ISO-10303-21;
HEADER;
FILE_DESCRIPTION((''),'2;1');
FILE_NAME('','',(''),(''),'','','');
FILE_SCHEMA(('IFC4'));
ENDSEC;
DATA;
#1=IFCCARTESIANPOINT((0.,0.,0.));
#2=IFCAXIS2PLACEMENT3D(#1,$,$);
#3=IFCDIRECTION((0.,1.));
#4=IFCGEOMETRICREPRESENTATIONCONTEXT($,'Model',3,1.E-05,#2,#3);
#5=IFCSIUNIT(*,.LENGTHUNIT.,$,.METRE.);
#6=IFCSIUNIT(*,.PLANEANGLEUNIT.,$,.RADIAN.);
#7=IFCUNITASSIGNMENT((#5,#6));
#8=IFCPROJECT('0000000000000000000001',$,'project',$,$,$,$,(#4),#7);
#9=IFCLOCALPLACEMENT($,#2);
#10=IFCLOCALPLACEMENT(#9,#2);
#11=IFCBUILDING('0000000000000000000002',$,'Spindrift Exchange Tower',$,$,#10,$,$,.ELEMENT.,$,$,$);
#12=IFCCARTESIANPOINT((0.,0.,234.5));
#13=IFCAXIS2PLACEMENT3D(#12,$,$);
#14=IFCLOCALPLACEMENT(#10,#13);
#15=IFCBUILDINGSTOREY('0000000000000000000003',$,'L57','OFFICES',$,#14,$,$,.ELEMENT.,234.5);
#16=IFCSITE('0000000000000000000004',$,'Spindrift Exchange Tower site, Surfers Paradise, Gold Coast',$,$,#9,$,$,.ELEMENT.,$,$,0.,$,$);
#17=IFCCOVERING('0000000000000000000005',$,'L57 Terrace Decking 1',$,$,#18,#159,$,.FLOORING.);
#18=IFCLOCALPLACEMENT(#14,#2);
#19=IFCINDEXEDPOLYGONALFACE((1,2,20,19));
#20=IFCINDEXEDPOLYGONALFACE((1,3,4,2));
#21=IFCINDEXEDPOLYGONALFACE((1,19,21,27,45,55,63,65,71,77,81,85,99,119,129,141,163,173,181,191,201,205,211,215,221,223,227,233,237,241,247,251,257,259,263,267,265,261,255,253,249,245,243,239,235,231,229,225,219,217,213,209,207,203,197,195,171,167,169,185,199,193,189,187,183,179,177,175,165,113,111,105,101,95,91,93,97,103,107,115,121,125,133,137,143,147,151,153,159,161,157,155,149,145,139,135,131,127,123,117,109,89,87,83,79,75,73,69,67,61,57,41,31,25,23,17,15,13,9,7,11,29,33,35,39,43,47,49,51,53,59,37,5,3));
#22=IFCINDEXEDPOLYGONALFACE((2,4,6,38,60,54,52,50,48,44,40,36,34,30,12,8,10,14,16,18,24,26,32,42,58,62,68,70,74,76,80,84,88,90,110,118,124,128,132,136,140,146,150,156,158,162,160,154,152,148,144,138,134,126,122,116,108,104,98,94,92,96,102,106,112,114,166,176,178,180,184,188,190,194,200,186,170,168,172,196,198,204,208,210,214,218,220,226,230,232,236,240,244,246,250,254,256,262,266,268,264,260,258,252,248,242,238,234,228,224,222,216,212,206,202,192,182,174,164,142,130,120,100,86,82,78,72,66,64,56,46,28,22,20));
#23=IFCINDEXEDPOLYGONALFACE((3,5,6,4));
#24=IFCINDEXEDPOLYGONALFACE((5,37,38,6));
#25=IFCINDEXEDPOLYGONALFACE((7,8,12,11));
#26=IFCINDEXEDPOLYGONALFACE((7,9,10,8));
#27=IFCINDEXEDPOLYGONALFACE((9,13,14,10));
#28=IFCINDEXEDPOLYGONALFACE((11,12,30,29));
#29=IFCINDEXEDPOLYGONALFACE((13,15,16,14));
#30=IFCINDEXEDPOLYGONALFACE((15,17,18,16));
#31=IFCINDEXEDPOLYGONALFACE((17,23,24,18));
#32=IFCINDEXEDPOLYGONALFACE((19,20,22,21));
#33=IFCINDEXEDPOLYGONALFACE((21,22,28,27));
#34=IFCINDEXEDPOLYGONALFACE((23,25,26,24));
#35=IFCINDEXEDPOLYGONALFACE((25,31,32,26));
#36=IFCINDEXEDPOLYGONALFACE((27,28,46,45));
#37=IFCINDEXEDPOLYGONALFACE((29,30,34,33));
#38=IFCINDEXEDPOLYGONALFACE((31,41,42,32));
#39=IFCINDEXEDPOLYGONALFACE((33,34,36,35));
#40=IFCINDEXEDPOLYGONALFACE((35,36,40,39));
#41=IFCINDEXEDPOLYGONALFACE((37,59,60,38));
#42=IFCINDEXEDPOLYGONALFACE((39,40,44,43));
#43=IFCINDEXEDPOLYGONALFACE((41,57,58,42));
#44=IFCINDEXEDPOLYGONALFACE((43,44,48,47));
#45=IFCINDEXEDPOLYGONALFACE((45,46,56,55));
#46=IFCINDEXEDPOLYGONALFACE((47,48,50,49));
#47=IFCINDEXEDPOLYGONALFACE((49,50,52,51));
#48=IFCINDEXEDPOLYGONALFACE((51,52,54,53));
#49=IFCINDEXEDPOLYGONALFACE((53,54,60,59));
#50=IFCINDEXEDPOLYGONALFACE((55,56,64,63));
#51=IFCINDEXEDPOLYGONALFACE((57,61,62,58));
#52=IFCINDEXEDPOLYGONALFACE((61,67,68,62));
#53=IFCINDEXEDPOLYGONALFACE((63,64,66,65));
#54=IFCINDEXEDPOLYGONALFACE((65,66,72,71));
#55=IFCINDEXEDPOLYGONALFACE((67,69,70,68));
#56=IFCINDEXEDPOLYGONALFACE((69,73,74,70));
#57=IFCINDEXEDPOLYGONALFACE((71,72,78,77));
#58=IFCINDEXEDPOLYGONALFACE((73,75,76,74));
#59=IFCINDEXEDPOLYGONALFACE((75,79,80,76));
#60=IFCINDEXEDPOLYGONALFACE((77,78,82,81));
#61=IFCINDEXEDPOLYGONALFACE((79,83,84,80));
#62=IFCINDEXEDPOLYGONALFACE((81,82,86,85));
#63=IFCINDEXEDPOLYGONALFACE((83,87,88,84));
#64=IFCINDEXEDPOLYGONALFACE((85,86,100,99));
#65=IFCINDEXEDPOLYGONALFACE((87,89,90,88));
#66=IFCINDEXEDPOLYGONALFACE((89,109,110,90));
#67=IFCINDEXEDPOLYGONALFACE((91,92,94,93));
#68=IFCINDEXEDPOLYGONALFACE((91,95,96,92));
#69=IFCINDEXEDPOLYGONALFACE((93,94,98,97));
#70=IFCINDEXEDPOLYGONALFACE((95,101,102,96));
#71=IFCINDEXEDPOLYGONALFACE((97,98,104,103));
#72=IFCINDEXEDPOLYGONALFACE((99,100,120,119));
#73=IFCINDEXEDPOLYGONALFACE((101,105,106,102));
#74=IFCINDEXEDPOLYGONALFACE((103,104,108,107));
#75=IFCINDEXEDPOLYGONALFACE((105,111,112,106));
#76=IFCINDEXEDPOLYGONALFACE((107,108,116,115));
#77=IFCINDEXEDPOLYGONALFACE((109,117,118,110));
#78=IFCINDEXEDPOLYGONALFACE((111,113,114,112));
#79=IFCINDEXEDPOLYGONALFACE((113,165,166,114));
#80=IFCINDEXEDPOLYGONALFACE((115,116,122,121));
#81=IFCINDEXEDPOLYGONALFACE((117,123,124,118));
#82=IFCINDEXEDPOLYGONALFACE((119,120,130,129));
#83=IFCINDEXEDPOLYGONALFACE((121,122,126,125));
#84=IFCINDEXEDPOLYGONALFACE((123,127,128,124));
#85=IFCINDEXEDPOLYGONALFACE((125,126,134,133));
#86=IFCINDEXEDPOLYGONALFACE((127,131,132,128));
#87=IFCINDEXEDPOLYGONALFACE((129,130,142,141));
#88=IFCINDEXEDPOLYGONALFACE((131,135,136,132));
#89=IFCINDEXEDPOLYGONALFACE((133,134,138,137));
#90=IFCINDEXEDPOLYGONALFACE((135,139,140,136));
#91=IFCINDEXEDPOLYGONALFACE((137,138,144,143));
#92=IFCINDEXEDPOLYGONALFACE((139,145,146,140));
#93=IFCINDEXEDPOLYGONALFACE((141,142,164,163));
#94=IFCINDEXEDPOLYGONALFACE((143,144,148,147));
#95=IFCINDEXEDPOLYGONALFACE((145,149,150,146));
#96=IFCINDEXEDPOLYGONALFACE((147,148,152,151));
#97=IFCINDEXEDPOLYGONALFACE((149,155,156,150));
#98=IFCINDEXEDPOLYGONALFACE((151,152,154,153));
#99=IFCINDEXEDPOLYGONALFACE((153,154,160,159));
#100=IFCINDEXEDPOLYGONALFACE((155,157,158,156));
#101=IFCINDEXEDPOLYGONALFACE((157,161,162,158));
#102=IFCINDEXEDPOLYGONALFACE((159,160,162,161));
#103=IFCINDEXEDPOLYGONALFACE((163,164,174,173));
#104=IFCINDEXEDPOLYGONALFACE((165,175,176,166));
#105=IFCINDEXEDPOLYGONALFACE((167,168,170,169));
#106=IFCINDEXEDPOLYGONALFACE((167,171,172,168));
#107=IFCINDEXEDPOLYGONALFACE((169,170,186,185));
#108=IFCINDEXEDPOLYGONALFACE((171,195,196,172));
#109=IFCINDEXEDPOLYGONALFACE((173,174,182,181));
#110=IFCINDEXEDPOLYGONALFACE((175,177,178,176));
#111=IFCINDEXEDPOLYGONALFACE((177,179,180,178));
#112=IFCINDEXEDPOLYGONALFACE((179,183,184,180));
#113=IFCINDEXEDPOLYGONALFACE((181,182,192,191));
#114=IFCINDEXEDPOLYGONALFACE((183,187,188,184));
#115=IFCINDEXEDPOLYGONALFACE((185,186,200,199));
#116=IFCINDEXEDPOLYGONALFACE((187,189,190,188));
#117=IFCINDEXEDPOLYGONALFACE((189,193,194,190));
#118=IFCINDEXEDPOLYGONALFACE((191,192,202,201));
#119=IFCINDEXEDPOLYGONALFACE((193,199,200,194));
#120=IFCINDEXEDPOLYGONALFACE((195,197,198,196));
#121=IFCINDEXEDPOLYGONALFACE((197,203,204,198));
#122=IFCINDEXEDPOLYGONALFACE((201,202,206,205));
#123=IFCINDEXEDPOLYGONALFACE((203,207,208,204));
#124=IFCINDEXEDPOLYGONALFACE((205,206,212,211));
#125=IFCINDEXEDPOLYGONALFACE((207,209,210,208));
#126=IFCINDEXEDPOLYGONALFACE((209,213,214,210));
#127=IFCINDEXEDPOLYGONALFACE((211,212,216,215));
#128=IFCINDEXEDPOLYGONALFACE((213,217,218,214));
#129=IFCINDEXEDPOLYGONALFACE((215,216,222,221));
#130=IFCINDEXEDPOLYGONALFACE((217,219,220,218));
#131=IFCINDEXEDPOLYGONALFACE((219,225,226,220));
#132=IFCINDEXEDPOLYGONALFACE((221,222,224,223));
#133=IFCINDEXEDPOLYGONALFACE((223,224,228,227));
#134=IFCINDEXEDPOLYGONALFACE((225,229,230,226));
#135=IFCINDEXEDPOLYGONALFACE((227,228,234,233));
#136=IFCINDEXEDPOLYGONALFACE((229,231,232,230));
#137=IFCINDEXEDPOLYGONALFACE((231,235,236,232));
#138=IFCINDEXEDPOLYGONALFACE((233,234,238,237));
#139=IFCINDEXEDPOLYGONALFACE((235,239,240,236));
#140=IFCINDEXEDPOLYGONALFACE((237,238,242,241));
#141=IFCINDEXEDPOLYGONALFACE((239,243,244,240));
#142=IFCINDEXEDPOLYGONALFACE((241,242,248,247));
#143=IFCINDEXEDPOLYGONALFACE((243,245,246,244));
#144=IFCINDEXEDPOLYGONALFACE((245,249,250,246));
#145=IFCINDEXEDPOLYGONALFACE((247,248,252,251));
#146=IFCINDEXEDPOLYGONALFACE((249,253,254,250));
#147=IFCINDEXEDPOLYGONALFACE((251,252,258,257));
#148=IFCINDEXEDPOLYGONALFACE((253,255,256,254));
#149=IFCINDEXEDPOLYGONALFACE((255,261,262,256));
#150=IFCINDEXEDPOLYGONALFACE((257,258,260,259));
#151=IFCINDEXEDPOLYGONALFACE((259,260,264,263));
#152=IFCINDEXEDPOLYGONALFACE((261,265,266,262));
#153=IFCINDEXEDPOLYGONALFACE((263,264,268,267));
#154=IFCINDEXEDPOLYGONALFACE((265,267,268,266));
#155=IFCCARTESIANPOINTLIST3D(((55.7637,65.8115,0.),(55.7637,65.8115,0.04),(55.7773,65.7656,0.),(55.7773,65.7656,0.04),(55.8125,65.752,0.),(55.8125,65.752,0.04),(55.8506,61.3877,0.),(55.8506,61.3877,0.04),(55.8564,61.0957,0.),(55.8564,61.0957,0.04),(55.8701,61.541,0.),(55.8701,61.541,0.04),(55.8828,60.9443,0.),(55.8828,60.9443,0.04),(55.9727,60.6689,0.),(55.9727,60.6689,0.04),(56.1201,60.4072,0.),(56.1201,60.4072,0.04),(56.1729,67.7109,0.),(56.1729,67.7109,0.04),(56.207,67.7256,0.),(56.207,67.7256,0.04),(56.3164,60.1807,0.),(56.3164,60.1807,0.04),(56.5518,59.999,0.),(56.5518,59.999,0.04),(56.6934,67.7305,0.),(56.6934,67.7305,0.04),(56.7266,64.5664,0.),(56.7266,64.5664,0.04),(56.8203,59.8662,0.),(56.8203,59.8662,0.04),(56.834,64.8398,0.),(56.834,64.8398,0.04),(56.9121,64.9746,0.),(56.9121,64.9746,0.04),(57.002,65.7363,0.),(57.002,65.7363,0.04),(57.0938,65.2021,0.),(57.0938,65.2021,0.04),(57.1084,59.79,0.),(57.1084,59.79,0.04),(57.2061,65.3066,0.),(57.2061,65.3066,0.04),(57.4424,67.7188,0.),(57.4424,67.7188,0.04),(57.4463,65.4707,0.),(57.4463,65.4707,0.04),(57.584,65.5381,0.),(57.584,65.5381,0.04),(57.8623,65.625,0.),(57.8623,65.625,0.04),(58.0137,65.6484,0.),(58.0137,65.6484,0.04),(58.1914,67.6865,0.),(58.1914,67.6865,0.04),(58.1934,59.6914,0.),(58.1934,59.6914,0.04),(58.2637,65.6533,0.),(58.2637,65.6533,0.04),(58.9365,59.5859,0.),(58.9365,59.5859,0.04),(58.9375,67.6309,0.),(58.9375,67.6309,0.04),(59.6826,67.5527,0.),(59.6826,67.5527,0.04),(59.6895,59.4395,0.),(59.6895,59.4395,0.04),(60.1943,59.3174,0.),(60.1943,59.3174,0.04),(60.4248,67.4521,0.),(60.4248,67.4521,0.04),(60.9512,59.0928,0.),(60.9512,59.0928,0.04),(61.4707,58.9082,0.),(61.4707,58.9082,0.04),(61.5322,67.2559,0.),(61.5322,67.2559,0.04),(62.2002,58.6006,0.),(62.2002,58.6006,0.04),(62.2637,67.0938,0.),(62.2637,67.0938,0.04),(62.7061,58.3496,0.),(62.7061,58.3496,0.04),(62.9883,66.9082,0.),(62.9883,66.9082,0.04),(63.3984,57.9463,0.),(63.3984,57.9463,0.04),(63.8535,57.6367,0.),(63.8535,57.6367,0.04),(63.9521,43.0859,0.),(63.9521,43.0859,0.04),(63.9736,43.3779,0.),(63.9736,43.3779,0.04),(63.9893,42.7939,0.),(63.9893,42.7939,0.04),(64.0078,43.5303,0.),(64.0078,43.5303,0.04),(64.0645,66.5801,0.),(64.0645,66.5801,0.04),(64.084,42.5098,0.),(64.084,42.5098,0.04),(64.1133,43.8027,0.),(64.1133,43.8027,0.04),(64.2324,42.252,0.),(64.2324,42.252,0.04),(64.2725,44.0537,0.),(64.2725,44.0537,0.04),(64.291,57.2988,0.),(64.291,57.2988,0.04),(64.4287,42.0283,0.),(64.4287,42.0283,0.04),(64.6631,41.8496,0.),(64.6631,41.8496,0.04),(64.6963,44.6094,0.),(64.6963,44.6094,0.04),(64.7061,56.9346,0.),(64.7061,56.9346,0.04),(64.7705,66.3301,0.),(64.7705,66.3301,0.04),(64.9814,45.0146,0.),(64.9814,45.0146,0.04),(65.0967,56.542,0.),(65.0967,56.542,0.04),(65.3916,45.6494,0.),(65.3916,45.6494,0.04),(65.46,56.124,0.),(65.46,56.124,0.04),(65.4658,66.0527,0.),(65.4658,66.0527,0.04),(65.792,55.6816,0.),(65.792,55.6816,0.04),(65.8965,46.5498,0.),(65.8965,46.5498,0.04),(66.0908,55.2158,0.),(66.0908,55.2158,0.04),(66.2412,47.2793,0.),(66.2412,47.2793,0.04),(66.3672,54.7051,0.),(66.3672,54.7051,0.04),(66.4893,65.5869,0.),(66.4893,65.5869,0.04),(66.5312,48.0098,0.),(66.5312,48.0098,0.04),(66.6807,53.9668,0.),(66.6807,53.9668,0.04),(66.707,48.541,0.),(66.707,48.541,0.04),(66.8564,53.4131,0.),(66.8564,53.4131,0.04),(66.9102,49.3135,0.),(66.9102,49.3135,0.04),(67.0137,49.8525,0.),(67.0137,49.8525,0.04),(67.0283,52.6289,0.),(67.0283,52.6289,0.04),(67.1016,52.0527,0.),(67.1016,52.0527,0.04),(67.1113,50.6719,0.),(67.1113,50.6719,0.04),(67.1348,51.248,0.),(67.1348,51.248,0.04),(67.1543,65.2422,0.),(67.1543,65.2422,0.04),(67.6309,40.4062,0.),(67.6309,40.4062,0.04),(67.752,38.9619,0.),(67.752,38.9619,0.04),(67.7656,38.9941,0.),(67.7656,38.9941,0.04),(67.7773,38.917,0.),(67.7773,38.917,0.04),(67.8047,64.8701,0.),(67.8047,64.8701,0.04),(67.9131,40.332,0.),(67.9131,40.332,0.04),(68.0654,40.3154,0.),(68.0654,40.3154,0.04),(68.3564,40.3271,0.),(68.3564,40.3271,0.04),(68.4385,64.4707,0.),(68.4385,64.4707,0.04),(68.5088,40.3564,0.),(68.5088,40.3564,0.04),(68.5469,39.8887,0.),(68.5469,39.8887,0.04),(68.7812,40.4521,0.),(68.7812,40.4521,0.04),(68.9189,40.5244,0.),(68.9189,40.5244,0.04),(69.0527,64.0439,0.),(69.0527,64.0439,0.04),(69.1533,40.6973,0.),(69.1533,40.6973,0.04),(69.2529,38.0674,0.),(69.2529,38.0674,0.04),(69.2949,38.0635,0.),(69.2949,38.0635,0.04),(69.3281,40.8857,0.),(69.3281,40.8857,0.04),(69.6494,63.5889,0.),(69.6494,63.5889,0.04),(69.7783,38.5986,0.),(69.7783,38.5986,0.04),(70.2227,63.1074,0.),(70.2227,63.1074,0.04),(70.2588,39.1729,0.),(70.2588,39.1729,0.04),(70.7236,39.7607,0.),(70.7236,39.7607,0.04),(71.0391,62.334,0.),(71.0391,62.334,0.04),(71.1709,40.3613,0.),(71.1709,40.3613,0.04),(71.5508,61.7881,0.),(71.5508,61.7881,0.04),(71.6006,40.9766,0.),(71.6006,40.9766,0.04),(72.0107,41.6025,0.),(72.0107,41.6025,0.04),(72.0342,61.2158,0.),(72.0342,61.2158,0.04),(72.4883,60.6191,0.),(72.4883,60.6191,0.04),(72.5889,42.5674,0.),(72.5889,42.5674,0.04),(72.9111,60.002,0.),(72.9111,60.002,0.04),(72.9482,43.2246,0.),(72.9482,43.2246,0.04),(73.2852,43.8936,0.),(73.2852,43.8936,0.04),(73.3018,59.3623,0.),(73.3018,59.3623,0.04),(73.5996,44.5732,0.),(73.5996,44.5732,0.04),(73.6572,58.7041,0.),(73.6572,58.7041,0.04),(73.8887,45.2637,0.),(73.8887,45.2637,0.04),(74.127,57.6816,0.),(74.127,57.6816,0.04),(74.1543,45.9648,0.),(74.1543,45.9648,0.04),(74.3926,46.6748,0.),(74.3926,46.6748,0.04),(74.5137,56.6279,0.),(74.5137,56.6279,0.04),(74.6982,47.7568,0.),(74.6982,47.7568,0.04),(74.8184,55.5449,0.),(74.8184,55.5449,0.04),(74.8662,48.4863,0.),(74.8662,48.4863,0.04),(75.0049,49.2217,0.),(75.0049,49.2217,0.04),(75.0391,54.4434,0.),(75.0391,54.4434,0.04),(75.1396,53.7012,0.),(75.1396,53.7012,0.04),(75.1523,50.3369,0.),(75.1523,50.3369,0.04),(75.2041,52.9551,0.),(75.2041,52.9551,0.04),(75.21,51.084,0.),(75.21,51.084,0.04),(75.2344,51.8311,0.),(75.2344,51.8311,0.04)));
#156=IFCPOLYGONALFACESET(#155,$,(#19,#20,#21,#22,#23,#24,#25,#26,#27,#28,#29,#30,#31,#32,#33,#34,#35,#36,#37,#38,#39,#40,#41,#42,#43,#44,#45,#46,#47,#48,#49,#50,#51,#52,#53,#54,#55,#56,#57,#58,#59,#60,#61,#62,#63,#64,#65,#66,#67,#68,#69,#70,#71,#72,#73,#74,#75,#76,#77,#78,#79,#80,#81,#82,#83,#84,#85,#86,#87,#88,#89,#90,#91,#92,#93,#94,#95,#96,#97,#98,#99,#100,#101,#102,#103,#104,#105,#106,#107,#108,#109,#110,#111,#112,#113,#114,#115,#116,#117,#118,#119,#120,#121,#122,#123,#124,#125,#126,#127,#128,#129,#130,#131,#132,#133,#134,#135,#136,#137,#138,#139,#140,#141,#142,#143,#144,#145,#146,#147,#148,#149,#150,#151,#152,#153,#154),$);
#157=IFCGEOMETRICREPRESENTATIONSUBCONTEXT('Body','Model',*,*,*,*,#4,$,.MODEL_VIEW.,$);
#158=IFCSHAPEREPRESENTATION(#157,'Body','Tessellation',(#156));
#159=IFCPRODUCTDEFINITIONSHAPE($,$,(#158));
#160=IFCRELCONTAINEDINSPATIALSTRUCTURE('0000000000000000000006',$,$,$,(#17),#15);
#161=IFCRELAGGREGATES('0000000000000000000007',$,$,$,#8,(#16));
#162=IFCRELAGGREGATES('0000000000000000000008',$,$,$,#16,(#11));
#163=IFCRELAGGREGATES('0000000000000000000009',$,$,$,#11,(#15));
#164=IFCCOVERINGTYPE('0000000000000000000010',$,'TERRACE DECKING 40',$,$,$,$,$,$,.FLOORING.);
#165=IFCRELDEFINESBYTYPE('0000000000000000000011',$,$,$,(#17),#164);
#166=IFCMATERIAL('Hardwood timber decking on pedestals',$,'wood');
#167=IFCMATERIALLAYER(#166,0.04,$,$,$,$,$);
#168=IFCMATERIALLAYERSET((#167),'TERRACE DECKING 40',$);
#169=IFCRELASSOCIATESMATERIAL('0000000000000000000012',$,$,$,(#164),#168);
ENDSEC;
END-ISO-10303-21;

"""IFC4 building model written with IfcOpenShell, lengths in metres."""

from ifc_helpers import new_model, si_unit, direction, frame, origin, place, context, subcontext, project, spatial, line, indexed_curve, outline, extrude, material, layer, layer_set, type_object, element, save


model = new_model("IFC4")

# Units and contexts
model_context = context("Model", 3, precision=1e-05, world=origin(), true_north=direction((0.0, 1.0)))
body_context = subcontext(model_context, "Body", "Model", "MODEL_VIEW")
ifc_project = project(units=[si_unit("LENGTHUNIT", "METRE"), si_unit("PLANEANGLEUNIT", "RADIAN")], contexts=[model_context])

# Site, building, storey
site_placement = place(None, origin())
site = spatial("IfcSite", under=ifc_project, at=site_placement, Name="Spindrift Exchange Tower site, Surfers Paradise, Gold Coast", CompositionType="ELEMENT", RefElevation=0.0)
building_placement = place(site_placement, origin())
building = spatial("IfcBuilding", under=site, at=building_placement, Name="Spindrift Exchange Tower", CompositionType="ELEMENT")
storey_placement = place(building_placement, frame((0.0, 0.0, 234.5)))
storey = spatial("IfcBuildingStorey", under=building, at=storey_placement, Name="L57", Description="OFFICES", CompositionType="ELEMENT", Elevation=234.5)

# Covering
ifc_material_1 = material(Name="Hardwood timber decking on pedestals", Category="wood")
ifc_layer_1 = layer(ifc_material_1, 0.04)
ifc_layer_set_1 = layer_set([ifc_layer_1], Name="TERRACE DECKING 40")
covering_type_1 = type_object("IfcCoveringType", Name="TERRACE DECKING 40", PredefinedType="FLOORING", material=ifc_layer_set_1)
covering_1_placement = place(storey_placement, origin())
element("IfcCovering", 1, at=covering_1_placement, inside=storey, type_object=covering_type_1, Name="L57 Terrace Decking 1", PredefinedType="FLOORING", context=body_context, shape_type="SweptSolid", body=[
    extrude(outline(indexed_curve([(58.2637, 65.6533), (57.002, 65.7363), (55.8125, 65.752), (55.7773, 65.7656), (55.7637, 65.8115), (56.1729, 67.7109), (56.207, 67.7256), (56.6934, 67.7305), (57.4424, 67.7188), (58.1914, 67.6865), (58.9375, 67.6309), (59.6826, 67.5527), (60.4248, 67.4521), (61.5322, 67.2559), (62.2637, 67.0938), (62.9883, 66.9082), (64.0645, 66.5801), (64.7705, 66.3301), (65.4658, 66.0527), (66.4893, 65.5869), (67.1543, 65.2422), (67.8047, 64.8701), (68.4385, 64.4707), (69.0527, 64.0439), (69.6494, 63.5889), (70.2227, 63.1074), (71.0391, 62.334), (71.5508, 61.7881), (72.0342, 61.2158), (72.4883, 60.6191), (72.9111, 60.002), (73.3018, 59.3623), (73.6572, 58.7041), (74.127, 57.6816), (74.5137, 56.6279), (74.8184, 55.5449), (75.0391, 54.4434), (75.1396, 53.7012), (75.2041, 52.9551), (75.2344, 51.8311), (75.21, 51.084), (75.1523, 50.3369), (75.0049, 49.2217), (74.8662, 48.4863), (74.6982, 47.7568), (74.3926, 46.6748), (74.1543, 45.9648), (73.8887, 45.2637), (73.5996, 44.5732), (73.2852, 43.8936), (72.9482, 43.2246), (72.5889, 42.5674), (72.0107, 41.6025), (71.6006, 40.9766), (71.1709, 40.3613), (70.7236, 39.7607), (70.2588, 39.1729), (69.7783, 38.5986), (69.2949, 38.0635), (69.2529, 38.0674), (67.7773, 38.917), (67.752, 38.9619), (67.7656, 38.9941), (68.5469, 39.8887), (69.3281, 40.8857), (69.1533, 40.6973), (68.9189, 40.5244), (68.7812, 40.4521), (68.5088, 40.3564), (68.3564, 40.3271), (68.0654, 40.3154), (67.9131, 40.332), (67.6309, 40.4062), (64.6631, 41.8496), (64.4287, 42.0283), (64.2324, 42.252), (64.084, 42.5098), (63.9893, 42.7939), (63.9521, 43.0859), (63.9736, 43.3779), (64.0078, 43.5303), (64.1133, 43.8027), (64.2725, 44.0537), (64.6963, 44.6094), (64.9814, 45.0146), (65.3916, 45.6494), (65.8965, 46.5498), (66.2412, 47.2793), (66.5312, 48.0098), (66.707, 48.541), (66.9102, 49.3135), (67.0137, 49.8525), (67.1113, 50.6719), (67.1348, 51.248), (67.1016, 52.0527), (67.0283, 52.6289), (66.8564, 53.4131), (66.6807, 53.9668), (66.3672, 54.7051), (66.0908, 55.2158), (65.792, 55.6816), (65.46, 56.124), (65.0967, 56.542), (64.7061, 56.9346), (64.291, 57.2988), (63.8535, 57.6367), (63.3984, 57.9463), (62.7061, 58.3496), (62.2002, 58.6006), (61.4707, 58.9082), (60.9512, 59.0928), (60.1943, 59.3174), (59.6895, 59.4395), (58.9365, 59.5859), (58.1934, 59.6914), (57.1084, 59.79), (56.8203, 59.8662), (56.5518, 59.999), (56.3164, 60.1807), (56.1201, 60.4072), (55.9727, 60.6689), (55.8828, 60.9443), (55.8564, 61.0957), (55.8506, 61.3877), (55.8701, 61.541), (56.7266, 64.5664), (56.834, 64.8398), (56.9121, 64.9746), (57.0938, 65.2021), (57.2061, 65.3066), (57.4463, 65.4707), (57.584, 65.5381), (57.8623, 65.625), (58.0137, 65.6484)], segments=[line(1, 2, 3, 4, 5, 6, 7, 8, 9, 10, 11, 12, 13, 14, 15, 16, 17, 18, 19, 20, 21, 22, 23, 24, 25, 26, 27, 28, 29, 30, 31, 32, 33, 34, 35, 36, 37, 38, 39, 40, 41, 42, 43, 44, 45, 46, 47, 48, 49, 50, 51, 52, 53, 54, 55, 56, 57, 58, 59, 60, 61, 62, 63, 64, 65, 66, 67, 68, 69, 70, 71, 72, 73, 74, 75, 76, 77, 78, 79, 80, 81, 82, 83, 84, 85, 86, 87, 88, 89, 90, 91, 92, 93, 94, 95, 96, 97, 98, 99, 100, 101, 102, 103, 104, 105, 106, 107, 108, 109, 110, 111, 112, 113, 114, 115, 116, 117, 118, 119, 120, 121, 122, 123, 124, 125, 126, 127, 128, 129, 130, 131, 132, 133, 134, 1)], self_intersect=False)), origin(), (0.0, 0.0, 1.0), 0.04),
])

save(model, "model.ifc")
